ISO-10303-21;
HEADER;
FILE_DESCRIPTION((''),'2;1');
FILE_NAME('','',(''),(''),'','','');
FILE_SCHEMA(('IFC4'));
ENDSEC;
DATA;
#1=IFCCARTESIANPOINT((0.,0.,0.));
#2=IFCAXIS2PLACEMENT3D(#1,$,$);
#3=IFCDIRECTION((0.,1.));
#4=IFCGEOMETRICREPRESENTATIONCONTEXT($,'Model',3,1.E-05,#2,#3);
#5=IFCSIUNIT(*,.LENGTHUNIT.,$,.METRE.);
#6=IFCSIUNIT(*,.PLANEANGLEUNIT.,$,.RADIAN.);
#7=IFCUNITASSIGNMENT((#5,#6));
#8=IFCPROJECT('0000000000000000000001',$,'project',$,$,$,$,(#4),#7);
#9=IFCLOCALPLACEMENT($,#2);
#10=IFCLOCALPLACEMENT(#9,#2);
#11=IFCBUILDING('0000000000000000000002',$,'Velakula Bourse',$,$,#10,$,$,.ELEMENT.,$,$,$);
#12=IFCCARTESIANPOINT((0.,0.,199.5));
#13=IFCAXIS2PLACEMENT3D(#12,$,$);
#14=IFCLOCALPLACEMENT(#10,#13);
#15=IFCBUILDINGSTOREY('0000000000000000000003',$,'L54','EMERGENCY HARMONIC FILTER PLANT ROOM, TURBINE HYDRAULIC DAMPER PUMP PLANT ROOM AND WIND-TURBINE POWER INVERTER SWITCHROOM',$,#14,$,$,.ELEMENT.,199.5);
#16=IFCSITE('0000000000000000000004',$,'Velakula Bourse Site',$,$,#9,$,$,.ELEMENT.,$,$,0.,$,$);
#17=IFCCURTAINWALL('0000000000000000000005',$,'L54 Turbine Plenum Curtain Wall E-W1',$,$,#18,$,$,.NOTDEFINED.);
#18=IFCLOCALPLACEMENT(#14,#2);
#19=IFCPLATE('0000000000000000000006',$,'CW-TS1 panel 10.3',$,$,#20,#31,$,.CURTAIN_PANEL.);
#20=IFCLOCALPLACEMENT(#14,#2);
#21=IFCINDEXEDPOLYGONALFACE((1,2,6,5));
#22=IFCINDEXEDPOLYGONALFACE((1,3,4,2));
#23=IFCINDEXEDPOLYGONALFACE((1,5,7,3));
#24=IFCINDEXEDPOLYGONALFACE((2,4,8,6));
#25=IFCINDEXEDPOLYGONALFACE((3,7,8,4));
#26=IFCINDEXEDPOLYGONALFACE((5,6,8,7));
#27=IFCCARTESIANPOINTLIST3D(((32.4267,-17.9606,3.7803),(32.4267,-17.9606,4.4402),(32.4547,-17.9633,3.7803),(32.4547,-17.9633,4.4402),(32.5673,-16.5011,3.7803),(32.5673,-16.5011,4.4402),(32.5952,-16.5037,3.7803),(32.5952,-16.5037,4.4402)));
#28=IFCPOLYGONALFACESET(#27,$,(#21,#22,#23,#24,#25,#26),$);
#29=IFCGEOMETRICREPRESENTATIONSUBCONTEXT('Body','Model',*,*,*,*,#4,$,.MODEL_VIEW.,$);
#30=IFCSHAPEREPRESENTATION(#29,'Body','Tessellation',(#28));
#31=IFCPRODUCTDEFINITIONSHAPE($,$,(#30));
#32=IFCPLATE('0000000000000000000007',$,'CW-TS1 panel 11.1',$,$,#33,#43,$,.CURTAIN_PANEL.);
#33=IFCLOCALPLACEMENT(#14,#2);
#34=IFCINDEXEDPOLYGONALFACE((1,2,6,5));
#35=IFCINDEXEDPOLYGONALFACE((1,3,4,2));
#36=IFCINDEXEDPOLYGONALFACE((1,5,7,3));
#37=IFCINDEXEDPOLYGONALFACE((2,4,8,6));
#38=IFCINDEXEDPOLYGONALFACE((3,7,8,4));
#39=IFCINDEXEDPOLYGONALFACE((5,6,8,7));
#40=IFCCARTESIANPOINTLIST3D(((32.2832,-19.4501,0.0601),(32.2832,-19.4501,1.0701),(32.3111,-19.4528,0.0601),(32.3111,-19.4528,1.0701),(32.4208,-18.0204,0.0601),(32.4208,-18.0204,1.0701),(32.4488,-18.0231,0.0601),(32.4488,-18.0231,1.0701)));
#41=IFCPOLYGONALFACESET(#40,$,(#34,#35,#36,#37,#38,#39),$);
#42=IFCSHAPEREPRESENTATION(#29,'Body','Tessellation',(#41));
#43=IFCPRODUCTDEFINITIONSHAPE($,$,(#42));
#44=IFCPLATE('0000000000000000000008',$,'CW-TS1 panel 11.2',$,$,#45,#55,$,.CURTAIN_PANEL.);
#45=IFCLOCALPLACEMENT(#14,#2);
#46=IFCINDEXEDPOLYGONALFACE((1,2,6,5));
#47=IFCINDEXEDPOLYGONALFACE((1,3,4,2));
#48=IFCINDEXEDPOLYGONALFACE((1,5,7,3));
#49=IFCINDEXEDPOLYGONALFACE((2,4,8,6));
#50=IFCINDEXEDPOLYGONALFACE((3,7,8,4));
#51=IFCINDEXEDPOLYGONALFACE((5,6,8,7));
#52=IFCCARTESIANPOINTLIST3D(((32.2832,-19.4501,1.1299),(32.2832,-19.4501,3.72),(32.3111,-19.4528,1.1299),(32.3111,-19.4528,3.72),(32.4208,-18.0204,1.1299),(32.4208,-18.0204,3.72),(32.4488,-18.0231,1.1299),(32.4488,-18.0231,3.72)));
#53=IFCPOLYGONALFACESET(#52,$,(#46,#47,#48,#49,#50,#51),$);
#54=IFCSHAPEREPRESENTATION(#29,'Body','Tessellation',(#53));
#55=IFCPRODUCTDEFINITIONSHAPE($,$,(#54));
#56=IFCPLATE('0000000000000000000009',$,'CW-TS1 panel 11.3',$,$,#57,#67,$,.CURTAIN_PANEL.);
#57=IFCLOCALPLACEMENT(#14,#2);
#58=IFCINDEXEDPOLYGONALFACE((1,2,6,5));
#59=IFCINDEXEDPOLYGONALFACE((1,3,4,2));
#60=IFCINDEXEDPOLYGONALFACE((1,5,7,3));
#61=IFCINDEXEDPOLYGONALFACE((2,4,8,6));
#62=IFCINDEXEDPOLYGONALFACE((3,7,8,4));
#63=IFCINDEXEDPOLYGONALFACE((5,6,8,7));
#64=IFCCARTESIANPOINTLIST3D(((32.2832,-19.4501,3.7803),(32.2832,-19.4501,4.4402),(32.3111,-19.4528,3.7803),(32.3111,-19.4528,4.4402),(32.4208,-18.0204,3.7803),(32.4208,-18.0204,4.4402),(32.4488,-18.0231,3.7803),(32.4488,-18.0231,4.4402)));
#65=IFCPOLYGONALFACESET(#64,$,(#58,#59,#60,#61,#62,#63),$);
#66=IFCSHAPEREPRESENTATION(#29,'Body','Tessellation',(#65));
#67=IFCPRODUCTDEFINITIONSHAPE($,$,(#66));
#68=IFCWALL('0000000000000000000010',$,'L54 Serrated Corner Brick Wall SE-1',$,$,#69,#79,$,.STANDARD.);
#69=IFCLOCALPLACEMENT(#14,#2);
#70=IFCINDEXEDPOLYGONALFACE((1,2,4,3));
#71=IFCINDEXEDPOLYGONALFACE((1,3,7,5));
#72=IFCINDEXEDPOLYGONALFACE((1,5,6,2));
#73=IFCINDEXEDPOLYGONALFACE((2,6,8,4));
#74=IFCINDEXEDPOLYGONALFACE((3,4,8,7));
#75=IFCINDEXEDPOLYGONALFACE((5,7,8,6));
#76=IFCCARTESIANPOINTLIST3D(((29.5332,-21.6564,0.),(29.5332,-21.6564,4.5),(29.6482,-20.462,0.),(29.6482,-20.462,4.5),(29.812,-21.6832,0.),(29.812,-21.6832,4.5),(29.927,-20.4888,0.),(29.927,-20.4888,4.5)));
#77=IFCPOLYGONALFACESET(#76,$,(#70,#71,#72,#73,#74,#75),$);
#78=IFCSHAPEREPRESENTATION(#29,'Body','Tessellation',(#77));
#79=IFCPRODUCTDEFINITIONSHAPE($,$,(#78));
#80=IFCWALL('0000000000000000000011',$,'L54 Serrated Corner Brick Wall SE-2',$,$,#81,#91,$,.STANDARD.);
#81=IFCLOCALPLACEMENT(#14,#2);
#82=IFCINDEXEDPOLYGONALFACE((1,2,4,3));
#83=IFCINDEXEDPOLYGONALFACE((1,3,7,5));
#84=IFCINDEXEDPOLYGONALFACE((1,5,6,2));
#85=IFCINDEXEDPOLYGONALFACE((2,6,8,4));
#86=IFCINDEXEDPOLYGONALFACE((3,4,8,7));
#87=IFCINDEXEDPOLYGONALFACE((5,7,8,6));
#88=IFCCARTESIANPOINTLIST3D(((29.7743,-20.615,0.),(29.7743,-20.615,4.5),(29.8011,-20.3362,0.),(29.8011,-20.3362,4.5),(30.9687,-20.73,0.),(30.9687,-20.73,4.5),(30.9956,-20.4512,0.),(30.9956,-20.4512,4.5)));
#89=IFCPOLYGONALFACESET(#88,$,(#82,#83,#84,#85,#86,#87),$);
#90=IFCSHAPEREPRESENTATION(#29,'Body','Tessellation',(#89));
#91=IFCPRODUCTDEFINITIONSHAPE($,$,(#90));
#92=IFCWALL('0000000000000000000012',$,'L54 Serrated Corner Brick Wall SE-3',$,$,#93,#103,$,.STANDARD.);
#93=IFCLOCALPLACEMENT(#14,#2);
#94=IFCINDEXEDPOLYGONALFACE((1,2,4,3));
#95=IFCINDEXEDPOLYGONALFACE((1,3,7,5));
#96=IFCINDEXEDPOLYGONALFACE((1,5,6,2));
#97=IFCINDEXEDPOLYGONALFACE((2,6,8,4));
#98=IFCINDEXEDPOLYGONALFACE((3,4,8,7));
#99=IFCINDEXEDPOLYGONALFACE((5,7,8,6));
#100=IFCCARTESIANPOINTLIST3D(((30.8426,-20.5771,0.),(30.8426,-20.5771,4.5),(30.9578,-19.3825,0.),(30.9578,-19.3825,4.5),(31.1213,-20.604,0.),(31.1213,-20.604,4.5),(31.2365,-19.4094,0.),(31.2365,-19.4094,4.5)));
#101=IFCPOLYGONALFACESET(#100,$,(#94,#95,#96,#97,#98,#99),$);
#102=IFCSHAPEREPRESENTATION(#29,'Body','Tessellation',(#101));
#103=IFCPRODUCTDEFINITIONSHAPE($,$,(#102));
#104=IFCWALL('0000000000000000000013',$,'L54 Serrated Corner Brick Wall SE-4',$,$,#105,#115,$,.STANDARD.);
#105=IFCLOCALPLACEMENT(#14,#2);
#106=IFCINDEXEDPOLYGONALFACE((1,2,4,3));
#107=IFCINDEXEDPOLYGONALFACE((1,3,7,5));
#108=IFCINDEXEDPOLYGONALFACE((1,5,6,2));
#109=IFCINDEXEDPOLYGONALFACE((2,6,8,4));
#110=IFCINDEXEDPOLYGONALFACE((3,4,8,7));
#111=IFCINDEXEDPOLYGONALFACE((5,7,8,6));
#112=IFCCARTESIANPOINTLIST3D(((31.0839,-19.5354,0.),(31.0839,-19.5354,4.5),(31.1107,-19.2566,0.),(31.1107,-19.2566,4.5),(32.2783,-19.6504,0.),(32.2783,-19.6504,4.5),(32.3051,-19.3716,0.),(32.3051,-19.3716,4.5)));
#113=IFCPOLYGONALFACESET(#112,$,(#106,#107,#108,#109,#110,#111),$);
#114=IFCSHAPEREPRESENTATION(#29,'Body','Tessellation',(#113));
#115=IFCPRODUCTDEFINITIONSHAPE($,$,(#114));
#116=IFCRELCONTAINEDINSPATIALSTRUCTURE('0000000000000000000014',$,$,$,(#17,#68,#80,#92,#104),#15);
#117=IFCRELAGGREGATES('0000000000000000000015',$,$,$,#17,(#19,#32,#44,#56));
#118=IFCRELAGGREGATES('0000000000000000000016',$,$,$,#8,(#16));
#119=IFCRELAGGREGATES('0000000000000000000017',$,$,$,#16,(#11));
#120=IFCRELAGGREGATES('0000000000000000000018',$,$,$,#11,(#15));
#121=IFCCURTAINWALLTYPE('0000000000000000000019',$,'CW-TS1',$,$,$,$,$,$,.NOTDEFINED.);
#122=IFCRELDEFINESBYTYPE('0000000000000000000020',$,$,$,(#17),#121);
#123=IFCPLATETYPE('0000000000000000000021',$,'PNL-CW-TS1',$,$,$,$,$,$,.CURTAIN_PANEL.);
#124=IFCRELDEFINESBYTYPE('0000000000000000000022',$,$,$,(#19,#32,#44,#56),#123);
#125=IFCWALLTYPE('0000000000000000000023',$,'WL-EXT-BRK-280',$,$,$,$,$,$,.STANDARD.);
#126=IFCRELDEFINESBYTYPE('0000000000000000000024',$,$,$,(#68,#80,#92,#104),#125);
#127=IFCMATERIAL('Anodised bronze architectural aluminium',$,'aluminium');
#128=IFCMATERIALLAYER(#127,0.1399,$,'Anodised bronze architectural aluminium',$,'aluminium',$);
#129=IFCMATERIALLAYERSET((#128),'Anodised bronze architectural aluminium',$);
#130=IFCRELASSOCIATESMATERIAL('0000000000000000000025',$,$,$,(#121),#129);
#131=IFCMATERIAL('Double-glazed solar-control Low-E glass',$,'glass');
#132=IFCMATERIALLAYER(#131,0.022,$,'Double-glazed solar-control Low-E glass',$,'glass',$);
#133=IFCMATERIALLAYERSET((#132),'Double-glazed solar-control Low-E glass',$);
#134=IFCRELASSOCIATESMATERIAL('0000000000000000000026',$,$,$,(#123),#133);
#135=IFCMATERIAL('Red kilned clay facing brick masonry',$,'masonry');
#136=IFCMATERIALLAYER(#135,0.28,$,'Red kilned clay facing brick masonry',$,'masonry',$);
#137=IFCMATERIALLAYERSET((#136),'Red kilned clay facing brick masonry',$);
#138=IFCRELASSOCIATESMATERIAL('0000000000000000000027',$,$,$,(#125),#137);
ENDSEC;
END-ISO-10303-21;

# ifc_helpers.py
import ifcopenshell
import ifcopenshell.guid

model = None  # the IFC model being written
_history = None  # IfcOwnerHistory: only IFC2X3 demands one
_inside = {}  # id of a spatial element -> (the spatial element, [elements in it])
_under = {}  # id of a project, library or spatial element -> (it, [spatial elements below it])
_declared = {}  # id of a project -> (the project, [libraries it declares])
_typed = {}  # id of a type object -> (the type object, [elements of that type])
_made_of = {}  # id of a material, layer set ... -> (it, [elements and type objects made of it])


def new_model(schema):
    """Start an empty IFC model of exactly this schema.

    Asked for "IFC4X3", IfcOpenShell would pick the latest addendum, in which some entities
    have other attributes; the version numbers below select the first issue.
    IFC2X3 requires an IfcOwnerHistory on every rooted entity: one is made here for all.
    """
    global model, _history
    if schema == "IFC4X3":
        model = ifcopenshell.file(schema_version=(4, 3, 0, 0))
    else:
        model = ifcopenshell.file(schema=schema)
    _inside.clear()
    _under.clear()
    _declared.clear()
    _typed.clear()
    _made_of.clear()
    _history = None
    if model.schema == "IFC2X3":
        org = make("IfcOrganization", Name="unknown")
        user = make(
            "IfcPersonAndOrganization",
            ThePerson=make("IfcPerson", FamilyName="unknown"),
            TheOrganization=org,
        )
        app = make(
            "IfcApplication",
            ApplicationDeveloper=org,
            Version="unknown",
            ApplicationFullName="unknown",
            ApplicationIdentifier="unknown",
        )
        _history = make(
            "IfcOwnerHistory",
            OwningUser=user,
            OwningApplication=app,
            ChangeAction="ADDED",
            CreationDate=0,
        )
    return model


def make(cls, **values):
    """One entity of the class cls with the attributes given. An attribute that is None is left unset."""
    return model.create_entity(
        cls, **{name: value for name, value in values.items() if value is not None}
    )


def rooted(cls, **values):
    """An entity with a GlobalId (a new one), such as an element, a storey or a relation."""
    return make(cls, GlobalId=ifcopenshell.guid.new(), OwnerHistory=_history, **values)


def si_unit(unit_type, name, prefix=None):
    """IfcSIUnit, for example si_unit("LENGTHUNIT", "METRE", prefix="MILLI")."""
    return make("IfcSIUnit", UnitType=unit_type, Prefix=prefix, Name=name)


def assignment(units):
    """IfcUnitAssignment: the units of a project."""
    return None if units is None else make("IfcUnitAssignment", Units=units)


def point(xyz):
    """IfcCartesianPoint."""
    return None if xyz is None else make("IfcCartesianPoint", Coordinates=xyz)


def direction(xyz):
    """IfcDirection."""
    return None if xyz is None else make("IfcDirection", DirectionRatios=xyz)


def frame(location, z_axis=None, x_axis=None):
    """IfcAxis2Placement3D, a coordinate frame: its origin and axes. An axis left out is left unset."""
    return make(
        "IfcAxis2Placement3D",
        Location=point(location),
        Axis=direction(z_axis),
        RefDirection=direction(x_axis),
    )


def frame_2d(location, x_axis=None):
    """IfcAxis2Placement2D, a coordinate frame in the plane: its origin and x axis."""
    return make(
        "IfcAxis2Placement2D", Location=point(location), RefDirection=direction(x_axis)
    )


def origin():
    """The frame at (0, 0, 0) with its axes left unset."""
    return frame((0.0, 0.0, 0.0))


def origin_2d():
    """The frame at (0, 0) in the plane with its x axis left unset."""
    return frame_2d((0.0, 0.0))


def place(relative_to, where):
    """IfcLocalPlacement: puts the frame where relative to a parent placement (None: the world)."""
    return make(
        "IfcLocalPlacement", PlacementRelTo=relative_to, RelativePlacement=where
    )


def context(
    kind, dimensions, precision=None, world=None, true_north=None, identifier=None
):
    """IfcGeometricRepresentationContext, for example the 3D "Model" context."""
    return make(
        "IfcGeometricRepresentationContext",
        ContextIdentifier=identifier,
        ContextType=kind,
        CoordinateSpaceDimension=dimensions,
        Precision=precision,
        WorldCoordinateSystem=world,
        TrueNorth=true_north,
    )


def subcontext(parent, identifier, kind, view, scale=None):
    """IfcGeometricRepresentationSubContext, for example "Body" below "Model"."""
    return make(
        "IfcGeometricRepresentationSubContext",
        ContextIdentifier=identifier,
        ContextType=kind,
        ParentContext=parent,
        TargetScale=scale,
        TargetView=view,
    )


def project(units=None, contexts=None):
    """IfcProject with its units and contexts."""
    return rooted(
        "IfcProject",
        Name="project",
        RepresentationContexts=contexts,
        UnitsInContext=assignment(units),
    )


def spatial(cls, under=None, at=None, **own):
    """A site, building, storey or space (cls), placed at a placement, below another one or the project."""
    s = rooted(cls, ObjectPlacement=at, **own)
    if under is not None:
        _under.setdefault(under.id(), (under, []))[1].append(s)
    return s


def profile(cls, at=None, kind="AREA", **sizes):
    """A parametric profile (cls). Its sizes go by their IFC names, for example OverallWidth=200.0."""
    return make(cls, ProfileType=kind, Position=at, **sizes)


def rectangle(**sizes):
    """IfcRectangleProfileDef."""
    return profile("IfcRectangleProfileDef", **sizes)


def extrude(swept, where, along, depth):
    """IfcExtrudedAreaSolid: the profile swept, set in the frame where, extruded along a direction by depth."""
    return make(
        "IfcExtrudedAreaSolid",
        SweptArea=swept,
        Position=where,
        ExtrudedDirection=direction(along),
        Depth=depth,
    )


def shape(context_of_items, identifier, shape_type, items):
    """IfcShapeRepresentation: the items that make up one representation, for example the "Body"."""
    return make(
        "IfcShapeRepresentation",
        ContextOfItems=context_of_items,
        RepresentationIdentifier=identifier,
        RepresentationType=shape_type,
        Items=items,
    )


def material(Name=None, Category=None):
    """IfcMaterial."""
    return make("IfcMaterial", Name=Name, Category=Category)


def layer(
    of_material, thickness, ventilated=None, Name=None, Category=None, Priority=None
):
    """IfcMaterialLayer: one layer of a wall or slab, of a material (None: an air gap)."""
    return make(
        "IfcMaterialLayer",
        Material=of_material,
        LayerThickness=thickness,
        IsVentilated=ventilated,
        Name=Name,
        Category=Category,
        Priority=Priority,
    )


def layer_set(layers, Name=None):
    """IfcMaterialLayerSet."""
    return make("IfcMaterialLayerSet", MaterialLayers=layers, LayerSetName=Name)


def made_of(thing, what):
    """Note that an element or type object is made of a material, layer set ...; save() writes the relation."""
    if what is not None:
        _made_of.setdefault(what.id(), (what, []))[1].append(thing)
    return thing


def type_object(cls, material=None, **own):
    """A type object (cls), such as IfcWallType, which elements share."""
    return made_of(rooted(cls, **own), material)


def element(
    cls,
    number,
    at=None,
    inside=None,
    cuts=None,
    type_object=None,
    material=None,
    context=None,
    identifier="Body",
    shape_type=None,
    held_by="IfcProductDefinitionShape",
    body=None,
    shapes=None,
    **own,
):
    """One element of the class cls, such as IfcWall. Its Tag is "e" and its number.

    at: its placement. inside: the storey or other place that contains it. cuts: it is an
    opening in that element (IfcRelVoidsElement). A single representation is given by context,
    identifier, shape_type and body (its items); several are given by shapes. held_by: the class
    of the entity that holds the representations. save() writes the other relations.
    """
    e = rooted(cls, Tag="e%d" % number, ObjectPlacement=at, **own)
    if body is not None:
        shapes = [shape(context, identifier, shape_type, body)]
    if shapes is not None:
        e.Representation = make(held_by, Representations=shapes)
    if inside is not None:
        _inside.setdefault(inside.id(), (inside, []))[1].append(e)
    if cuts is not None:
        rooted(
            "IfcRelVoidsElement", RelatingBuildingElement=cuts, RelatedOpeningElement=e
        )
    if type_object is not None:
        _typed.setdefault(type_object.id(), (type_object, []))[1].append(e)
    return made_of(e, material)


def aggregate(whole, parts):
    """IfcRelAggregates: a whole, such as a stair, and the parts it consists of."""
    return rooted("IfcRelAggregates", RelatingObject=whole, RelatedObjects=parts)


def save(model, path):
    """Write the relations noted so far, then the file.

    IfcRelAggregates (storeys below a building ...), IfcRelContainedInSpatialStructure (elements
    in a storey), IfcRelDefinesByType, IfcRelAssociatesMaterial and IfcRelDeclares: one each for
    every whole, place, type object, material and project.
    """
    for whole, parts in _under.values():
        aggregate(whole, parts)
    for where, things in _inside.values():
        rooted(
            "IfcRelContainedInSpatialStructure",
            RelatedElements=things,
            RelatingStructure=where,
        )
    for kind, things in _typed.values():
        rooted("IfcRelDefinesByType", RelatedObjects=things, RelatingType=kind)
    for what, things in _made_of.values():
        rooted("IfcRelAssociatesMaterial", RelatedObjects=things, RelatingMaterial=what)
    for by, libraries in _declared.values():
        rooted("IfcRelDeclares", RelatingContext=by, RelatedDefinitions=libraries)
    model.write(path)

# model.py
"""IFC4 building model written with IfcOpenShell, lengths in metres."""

from ifc_helpers import new_model, si_unit, direction, frame, frame_2d, origin, origin_2d, place, context, subcontext, project, spatial, rectangle, extrude, material, layer, layer_set, type_object, element, aggregate, save


model = new_model("IFC4")

# Units and contexts
model_context = context("Model", 3, precision=1e-05, world=origin(), true_north=direction((0.0, 1.0)))
body_context = subcontext(model_context, "Body", "Model", "MODEL_VIEW")
ifc_project = project(units=[si_unit("LENGTHUNIT", "METRE"), si_unit("PLANEANGLEUNIT", "RADIAN")], contexts=[model_context])

# Site, building, storey
site_placement = place(None, origin())
site = spatial("IfcSite", under=ifc_project, at=site_placement, Name="Velakula Bourse Site", CompositionType="ELEMENT", RefElevation=0.0)
building_placement = place(site_placement, origin())
building = spatial("IfcBuilding", under=site, at=building_placement, Name="Velakula Bourse", CompositionType="ELEMENT")
storey_placement = place(building_placement, frame((0.0, 0.0, 199.5)))
storey = spatial("IfcBuildingStorey", under=building, at=storey_placement, Name="L54", Description="EMERGENCY HARMONIC FILTER PLANT ROOM, TURBINE HYDRAULIC DAMPER PUMP PLANT ROOM AND WIND-TURBINE POWER INVERTER SWITCHROOM", CompositionType="ELEMENT", Elevation=199.5)

# Curtain wall
ifc_material_1 = material(Name="Anodised bronze architectural aluminium", Category="aluminium")
ifc_layer_1 = layer(ifc_material_1, 0.1399, Name="Anodised bronze architectural aluminium", Category="aluminium")
ifc_layer_set_1 = layer_set([ifc_layer_1], Name="Anodised bronze architectural aluminium")
curtain_wall_type = type_object("IfcCurtainWallType", Name="CW-TS1", PredefinedType="NOTDEFINED", material=ifc_layer_set_1)
curtain_wall_placement = place(storey_placement, origin())
curtain_wall = element("IfcCurtainWall", 1, at=curtain_wall_placement, inside=storey, type_object=curtain_wall_type, Name="L54 Turbine Plenum Curtain Wall E-W1", PredefinedType="NOTDEFINED")

# Plates
ifc_material_2 = material(Name="Double-glazed solar-control Low-E glass", Category="glass")
ifc_layer_2 = layer(ifc_material_2, 0.022, Name="Double-glazed solar-control Low-E glass", Category="glass")
ifc_layer_set_2 = layer_set([ifc_layer_2], Name="Double-glazed solar-control Low-E glass")
plate_type = type_object("IfcPlateType", Name="PNL-CW-TS1", PredefinedType="CURTAIN_PANEL", material=ifc_layer_set_2)
plate_1_placement = place(storey_placement, frame((32.511, -17.2322, 3.7803), z_axis=(0.0, 0.0, 1.0), x_axis=(-0.095849, -0.995396, 0.0)))
plate_1 = element("IfcPlate", 2, at=plate_1_placement, type_object=plate_type, Name="CW-TS1 panel 10.3", PredefinedType="CURTAIN_PANEL", context=body_context, shape_type="SweptSolid", body=[
    extrude(rectangle(XDim=1.4663, YDim=0.0281, at=origin_2d()), origin(), (0.0, 0.0, 1.0), 0.6599),
])
plate_2_placement = place(storey_placement, frame((32.366, -18.7366, 0.0601), z_axis=(0.0, 0.0, 1.0), x_axis=(-0.095849, -0.995396, 0.0)))
plate_2 = element("IfcPlate", 3, at=plate_2_placement, type_object=plate_type, Name="CW-TS1 panel 11.1", PredefinedType="CURTAIN_PANEL", context=body_context, shape_type="SweptSolid", body=[
    extrude(rectangle(XDim=1.4363, YDim=0.0281, at=origin_2d()), origin(), (0.0, 0.0, 1.0), 1.01),
])
plate_3_placement = place(storey_placement, frame((32.366, -18.7366, 1.1299), z_axis=(0.0, 0.0, 1.0), x_axis=(-0.095849, -0.995396, 0.0)))
plate_3 = element("IfcPlate", 4, at=plate_3_placement, type_object=plate_type, Name="CW-TS1 panel 11.2", PredefinedType="CURTAIN_PANEL", context=body_context, shape_type="SweptSolid", body=[
    extrude(rectangle(XDim=1.4363, YDim=0.0281, at=origin_2d()), origin(), (0.0, 0.0, 1.0), 2.5901),
])
plate_4_placement = place(storey_placement, frame((32.366, -18.7366, 3.7803), z_axis=(0.0, 0.0, 1.0), x_axis=(-0.095849, -0.995396, 0.0)))
plate_4 = element("IfcPlate", 5, at=plate_4_placement, type_object=plate_type, Name="CW-TS1 panel 11.3", PredefinedType="CURTAIN_PANEL", context=body_context, shape_type="SweptSolid", body=[
    extrude(rectangle(XDim=1.4363, YDim=0.0281, at=origin_2d()), origin(), (0.0, 0.0, 1.0), 0.6599),
])
aggregate(curtain_wall, [plate_1, plate_2, plate_3, plate_4])

# Walls
ifc_material_3 = material(Name="Red kilned clay facing brick masonry", Category="masonry")
ifc_layer_3 = layer(ifc_material_3, 0.28, Name="Red kilned clay facing brick masonry", Category="masonry")
ifc_layer_set_3 = layer_set([ifc_layer_3], Name="Red kilned clay facing brick masonry")
wall_type = type_object("IfcWallType", Name="WL-EXT-BRK-280", PredefinedType="STANDARD", material=ifc_layer_set_3)
for number, where, z_axis, x_axis, name in (
    (6, (29.6726, -21.6699, 0.0), (0.0, 0.0, 1.0), (0.095836, 0.995397, 0.0), "L54 Serrated Corner Brick Wall SE-1"),
    (7, (29.7876, -20.4756, 0.0), (0.0, 0.0, 1.0), (0.995397, -0.095836, 0.0), "L54 Serrated Corner Brick Wall SE-2"),
):
    element("IfcWall", number, at=place(storey_placement, frame(where, z_axis=z_axis, x_axis=x_axis)), inside=storey, type_object=wall_type, Name=name, PredefinedType="STANDARD", context=body_context, shape_type="SweptSolid", body=[
        extrude(rectangle(XDim=1.2, YDim=0.28, at=frame_2d((0.6001, 0.0))), origin(), (0.0, 0.0, 1.0), 4.5),
    ])
wall_1_placement = place(storey_placement, frame((30.9819, -20.5906, 0.0), z_axis=(0.0, 0.0, 1.0), x_axis=(0.096019, 0.99538, 0.0)))
element("IfcWall", 8, at=wall_1_placement, inside=storey, type_object=wall_type, Name="L54 Serrated Corner Brick Wall SE-3", PredefinedType="STANDARD", context=body_context, shape_type="SweptSolid", body=[
    extrude(rectangle(XDim=1.2002, YDim=0.28, at=frame_2d((0.6001, 0.0))), origin(), (0.0, 0.0, 1.0), 4.5),
])
wall_2_placement = place(storey_placement, frame((31.0972, -19.396, 0.0), z_axis=(0.0, 0.0, 1.0), x_axis=(0.995397, -0.095836, 0.0)))
element("IfcWall", 9, at=wall_2_placement, inside=storey, type_object=wall_type, Name="L54 Serrated Corner Brick Wall SE-4", PredefinedType="STANDARD", context=body_context, shape_type="SweptSolid", body=[
    extrude(rectangle(XDim=1.2, YDim=0.28, at=frame_2d((0.6001, 0.0))), origin(), (0.0, 0.0, 1.0), 4.5),
])

save(model, "model.ifc")
